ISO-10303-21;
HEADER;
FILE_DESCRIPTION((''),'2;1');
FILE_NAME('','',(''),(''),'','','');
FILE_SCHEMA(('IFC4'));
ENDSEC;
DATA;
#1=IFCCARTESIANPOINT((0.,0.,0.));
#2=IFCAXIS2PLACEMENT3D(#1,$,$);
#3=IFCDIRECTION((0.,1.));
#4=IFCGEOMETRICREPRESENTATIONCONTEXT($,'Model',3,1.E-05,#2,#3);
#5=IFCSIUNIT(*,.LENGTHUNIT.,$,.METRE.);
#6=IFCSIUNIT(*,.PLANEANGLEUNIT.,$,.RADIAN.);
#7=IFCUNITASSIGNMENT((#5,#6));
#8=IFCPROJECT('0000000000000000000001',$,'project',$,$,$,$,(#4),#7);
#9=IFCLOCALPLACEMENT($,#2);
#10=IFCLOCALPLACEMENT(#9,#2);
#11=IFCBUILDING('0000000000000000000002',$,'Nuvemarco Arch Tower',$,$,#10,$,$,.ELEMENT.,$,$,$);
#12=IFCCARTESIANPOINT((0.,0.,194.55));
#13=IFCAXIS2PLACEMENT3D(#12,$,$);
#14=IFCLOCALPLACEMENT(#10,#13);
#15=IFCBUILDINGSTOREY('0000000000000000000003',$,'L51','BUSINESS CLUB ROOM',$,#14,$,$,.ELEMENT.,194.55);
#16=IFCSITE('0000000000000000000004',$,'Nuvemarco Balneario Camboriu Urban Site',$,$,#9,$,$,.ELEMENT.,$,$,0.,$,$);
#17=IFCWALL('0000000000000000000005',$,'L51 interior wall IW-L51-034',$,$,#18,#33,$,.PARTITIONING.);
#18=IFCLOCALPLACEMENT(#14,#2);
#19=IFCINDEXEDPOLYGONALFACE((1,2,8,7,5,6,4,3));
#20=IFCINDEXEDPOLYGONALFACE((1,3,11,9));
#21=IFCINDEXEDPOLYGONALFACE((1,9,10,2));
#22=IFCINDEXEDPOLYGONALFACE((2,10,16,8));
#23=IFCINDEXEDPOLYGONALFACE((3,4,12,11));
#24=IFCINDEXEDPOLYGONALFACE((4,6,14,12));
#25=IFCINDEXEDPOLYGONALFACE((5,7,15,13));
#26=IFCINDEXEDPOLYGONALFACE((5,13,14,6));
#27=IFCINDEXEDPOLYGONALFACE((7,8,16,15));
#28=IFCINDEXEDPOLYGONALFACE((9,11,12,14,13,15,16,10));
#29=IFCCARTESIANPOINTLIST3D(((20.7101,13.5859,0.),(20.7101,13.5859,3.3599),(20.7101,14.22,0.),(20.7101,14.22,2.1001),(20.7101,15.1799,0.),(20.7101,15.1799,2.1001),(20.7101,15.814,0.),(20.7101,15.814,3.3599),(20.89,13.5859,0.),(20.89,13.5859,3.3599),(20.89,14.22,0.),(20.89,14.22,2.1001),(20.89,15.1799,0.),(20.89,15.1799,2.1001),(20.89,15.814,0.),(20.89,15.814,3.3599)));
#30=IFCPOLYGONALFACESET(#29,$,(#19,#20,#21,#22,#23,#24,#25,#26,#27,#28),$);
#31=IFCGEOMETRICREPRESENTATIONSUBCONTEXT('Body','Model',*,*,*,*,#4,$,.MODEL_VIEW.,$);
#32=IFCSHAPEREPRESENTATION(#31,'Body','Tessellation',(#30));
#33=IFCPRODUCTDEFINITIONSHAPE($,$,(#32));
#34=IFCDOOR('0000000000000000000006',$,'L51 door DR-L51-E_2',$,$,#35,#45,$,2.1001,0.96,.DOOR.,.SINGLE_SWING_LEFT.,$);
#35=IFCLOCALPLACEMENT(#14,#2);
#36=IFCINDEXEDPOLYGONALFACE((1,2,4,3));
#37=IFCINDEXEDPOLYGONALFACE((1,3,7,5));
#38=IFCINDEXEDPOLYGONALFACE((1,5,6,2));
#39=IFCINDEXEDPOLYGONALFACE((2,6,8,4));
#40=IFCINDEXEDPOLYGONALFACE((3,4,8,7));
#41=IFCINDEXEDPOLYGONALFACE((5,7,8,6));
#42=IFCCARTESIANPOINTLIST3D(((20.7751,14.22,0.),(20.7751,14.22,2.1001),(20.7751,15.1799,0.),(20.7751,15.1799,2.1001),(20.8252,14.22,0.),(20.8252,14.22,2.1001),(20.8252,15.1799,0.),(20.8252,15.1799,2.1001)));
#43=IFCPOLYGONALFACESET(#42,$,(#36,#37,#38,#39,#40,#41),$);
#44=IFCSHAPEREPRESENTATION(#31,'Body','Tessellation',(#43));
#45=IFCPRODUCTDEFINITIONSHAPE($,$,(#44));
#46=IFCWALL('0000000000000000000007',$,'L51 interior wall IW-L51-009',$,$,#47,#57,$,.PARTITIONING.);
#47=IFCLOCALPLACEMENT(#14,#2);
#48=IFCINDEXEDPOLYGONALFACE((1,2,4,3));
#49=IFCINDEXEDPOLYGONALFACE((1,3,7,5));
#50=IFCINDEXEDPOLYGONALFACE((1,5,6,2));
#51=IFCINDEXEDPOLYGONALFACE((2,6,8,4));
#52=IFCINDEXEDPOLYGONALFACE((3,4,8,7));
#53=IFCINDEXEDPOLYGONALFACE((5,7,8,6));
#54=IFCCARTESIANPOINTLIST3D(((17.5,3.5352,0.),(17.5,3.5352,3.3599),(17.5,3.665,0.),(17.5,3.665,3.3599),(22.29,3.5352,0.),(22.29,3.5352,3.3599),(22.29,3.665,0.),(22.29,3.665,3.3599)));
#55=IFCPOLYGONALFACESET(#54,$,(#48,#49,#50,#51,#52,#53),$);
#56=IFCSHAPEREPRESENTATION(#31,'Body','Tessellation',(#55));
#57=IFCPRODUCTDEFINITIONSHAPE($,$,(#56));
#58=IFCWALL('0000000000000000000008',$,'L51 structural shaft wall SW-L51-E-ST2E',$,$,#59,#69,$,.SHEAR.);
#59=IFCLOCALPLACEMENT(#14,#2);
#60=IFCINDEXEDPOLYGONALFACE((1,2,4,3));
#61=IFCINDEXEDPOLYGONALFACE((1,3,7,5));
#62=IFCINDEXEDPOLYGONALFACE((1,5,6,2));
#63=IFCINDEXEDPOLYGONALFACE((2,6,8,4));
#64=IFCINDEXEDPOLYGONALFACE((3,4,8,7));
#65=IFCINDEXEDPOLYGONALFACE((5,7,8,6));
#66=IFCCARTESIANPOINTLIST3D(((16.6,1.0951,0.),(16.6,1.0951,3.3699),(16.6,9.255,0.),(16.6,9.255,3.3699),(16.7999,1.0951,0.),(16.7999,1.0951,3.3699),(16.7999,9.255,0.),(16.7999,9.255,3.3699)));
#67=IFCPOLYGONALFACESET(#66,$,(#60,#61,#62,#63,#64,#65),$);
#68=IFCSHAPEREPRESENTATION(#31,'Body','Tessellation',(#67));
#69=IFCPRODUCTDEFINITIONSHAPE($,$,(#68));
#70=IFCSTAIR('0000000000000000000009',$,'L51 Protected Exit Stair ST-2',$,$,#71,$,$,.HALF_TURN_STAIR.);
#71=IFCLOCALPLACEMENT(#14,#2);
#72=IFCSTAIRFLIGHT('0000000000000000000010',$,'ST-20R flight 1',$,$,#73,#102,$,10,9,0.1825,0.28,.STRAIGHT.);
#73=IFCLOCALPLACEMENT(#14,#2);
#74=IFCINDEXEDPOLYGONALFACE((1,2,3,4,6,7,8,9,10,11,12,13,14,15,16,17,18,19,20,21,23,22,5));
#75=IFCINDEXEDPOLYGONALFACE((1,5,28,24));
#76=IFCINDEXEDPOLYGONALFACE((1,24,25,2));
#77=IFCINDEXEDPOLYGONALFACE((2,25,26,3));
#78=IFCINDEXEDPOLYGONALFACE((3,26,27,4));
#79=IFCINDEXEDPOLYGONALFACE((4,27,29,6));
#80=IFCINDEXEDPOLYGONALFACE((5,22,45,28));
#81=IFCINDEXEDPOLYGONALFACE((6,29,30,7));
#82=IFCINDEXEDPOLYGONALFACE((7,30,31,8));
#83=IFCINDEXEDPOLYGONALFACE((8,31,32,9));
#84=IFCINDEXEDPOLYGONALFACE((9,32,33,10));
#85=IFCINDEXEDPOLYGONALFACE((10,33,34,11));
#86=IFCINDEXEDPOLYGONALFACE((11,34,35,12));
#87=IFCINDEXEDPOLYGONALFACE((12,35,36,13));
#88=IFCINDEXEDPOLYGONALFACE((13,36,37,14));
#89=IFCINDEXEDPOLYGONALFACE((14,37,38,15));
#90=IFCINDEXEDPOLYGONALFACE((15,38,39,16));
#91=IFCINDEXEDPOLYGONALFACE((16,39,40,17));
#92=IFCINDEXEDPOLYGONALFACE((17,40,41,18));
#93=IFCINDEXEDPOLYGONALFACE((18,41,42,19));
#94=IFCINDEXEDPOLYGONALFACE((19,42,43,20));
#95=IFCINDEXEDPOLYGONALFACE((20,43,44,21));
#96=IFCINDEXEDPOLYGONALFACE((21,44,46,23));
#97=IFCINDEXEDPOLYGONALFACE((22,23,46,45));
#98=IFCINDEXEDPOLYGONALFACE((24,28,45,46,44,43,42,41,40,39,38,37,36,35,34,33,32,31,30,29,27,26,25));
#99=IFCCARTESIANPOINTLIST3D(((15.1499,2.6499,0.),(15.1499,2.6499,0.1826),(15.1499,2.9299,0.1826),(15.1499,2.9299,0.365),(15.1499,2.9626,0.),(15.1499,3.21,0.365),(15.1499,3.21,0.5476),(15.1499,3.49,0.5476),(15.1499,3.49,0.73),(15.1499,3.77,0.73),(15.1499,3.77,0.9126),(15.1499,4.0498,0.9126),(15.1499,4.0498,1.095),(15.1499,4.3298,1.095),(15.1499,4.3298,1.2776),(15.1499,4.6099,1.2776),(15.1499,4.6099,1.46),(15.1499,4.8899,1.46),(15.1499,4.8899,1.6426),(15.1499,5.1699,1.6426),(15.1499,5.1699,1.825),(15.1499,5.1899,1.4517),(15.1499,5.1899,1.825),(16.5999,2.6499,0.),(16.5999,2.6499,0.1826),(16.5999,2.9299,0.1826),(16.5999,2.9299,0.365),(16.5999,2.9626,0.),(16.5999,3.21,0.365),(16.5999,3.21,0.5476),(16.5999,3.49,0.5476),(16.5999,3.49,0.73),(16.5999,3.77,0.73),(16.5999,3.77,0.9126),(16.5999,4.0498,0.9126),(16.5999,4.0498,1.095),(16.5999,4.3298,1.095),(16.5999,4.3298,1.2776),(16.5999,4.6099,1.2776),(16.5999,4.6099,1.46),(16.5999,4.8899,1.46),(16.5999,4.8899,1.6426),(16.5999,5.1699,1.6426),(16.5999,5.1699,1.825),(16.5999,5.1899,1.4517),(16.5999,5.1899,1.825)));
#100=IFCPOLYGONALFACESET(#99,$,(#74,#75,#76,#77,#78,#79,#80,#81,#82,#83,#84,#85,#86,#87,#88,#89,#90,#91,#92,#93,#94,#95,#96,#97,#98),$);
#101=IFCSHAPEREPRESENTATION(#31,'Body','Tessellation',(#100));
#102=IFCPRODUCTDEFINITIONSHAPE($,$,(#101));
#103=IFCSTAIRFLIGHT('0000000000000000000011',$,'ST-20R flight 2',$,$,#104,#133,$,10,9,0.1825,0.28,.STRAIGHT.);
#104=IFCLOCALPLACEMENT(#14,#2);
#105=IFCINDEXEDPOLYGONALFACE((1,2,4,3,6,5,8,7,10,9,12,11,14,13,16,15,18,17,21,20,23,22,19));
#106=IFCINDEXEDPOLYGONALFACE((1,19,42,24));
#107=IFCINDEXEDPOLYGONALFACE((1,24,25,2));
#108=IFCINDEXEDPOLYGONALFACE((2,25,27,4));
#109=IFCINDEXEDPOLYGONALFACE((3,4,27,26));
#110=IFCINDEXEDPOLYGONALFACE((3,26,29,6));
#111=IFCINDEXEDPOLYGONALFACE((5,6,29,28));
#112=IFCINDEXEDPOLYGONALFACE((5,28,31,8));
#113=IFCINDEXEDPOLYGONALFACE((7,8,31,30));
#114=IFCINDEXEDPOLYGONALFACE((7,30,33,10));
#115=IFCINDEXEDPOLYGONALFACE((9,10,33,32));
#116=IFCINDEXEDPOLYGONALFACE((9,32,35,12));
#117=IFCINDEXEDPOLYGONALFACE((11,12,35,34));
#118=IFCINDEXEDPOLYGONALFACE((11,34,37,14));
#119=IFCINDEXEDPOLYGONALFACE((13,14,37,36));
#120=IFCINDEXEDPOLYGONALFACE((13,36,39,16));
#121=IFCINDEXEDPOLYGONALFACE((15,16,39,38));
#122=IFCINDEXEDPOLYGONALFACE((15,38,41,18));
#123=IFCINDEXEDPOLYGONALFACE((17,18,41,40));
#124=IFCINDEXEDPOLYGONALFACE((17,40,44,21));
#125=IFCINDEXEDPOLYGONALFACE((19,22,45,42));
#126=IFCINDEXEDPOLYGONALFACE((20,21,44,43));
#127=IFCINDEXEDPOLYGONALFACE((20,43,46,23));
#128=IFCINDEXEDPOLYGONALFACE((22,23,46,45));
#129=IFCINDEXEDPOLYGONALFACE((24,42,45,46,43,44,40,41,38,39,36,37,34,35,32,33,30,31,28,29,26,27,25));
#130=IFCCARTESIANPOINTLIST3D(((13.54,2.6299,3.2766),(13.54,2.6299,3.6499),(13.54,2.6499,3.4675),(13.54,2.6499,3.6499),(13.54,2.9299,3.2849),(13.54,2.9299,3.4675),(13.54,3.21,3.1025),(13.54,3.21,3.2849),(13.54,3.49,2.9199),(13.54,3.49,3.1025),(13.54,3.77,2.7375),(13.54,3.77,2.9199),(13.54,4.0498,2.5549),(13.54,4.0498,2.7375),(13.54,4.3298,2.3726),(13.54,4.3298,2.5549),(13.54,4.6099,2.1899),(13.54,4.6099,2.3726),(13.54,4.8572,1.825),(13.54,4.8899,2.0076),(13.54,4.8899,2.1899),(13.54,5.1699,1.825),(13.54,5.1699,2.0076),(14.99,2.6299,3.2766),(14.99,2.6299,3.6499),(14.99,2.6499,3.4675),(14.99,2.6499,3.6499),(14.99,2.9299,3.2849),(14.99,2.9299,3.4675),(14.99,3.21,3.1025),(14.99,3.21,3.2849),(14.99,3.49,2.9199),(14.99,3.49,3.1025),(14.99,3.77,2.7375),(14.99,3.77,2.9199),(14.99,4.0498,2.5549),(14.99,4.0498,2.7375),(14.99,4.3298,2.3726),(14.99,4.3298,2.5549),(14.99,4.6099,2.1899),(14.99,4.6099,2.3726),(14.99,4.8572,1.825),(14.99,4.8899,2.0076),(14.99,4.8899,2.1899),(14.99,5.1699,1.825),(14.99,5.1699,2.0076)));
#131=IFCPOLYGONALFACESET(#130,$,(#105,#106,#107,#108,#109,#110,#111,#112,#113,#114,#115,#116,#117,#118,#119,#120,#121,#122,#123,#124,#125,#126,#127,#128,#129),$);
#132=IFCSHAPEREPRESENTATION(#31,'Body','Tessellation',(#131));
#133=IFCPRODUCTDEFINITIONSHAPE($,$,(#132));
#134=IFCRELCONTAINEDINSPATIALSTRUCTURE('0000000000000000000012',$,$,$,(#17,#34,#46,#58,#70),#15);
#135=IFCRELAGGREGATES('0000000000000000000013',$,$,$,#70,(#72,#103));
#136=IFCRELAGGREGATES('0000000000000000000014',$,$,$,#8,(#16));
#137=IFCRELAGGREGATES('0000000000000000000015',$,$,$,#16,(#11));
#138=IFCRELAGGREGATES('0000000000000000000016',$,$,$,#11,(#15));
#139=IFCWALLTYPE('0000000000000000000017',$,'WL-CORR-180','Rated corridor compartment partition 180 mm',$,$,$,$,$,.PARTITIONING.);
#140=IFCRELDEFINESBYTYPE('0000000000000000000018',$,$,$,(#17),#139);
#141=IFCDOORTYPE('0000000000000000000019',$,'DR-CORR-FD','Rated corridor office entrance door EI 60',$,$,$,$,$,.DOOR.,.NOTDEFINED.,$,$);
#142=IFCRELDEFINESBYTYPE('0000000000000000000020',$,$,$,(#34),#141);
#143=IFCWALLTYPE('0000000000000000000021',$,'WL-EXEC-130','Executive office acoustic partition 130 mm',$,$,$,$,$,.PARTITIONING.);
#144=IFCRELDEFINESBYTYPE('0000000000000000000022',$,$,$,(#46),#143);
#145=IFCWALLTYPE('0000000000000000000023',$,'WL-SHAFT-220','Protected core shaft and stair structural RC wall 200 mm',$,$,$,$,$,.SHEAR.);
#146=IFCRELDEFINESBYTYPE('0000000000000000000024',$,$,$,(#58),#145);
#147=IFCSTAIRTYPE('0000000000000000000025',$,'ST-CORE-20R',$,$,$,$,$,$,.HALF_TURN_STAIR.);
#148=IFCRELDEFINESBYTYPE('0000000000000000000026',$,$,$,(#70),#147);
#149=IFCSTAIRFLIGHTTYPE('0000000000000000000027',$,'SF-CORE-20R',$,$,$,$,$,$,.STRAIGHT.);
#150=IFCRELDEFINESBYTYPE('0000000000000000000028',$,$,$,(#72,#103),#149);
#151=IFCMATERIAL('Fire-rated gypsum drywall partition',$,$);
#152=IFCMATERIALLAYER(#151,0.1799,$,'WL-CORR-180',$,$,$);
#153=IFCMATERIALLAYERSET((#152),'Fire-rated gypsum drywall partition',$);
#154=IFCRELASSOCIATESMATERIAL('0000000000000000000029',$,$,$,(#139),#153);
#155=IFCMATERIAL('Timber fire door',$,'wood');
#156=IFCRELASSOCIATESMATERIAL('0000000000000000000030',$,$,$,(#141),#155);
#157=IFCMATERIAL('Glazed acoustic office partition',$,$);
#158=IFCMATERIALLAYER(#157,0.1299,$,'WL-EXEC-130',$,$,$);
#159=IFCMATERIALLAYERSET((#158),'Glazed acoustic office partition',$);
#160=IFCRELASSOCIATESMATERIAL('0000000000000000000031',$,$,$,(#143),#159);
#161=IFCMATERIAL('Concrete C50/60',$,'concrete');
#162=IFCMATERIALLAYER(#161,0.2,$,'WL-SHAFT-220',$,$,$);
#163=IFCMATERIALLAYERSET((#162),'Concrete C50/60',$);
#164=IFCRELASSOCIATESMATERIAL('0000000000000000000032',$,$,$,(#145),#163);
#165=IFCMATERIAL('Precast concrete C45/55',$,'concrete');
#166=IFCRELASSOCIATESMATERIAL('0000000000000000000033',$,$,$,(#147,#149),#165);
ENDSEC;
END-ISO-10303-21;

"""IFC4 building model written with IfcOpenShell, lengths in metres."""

from ifc_helpers import new_model, si_unit, direction, frame, frame_2d, origin, place, context, subcontext, project, spatial, polyline, rectangle, outline, extrude, source, transform, mapped, material, layer, layer_set, type_object, type_shapes, element, fill, aggregate, save


model = new_model("IFC4")

# Units and contexts
model_context = context("Model", 3, precision=1e-05, world=origin(), true_north=direction((0.0, 1.0)))
body_context = subcontext(model_context, "Body", "Model", "MODEL_VIEW")
ifc_project = project(units=[si_unit("LENGTHUNIT", "METRE"), si_unit("PLANEANGLEUNIT", "RADIAN")], contexts=[model_context])

# Site, building, storey
site_placement = place(None, origin())
site = spatial("IfcSite", under=ifc_project, at=site_placement, Name="Nuvemarco Balneario Camboriu Urban Site", CompositionType="ELEMENT", RefElevation=0.0)
building_placement = place(site_placement, origin())
building = spatial("IfcBuilding", under=site, at=building_placement, Name="Nuvemarco Arch Tower", CompositionType="ELEMENT")
storey_placement = place(building_placement, frame((0.0, 0.0, 194.55)))
storey = spatial("IfcBuildingStorey", under=building, at=storey_placement, Name="L51", Description="BUSINESS CLUB ROOM", CompositionType="ELEMENT", Elevation=194.55)

# Shared definitions
ifc_material_1 = material(Name="Concrete C50/60", Category="concrete")

# Shared definitions
ifc_material_2 = material(Name="Precast concrete C45/55", Category="concrete")

# Shared definitions
ifc_material_3 = material(Name="Fire-rated gypsum drywall partition")
ifc_layer_1 = layer(ifc_material_3, 0.1799, Name="WL-CORR-180")
ifc_layer_set_1 = layer_set([ifc_layer_1], Name="Fire-rated gypsum drywall partition")
wall_type_1 = type_object("IfcWallType", Name="WL-CORR-180", Description="Rated corridor compartment partition 180 mm", PredefinedType="PARTITIONING", material=ifc_layer_set_1)

# Wall, opening, door
wall_1_placement = place(storey_placement, frame((20.8, 13.5859, 0.0), z_axis=(0.0, 0.0, 1.0), x_axis=(0.0, 1.0, 0.0)))
wall_1 = element("IfcWall", 1, at=wall_1_placement, inside=storey, type_object=wall_type_1, Name="L51 interior wall IW-L51-034", PredefinedType="PARTITIONING", context=body_context, shape_type="SweptSolid", body=[
    extrude(rectangle(XDim=2.228, YDim=0.1799, at=frame_2d((1.114, 0.0))), origin(), (0.0, 0.0, 1.0), 3.3599),
])
opening_placement = place(wall_1_placement, frame((0.634, 0.0, 0.0)))
opening = element("IfcOpeningElement", 2, at=opening_placement, cuts=wall_1, PredefinedType="OPENING", context=body_context, shape_type="SweptSolid", body=[
    extrude(rectangle(XDim=0.96, YDim=2.1001, at=frame_2d((0.48, 1.05))), frame((0.0, 0.0999, 0.0), z_axis=(0.0, -1.0, 0.0), x_axis=(1.0, 0.0, 0.0)), (0.0, 0.0, 1.0), 0.2),
])
ifc_material_4 = material(Name="Timber fire door", Category="wood")
door_type = type_object("IfcDoorType", Name="DR-CORR-FD", Description="Rated corridor office entrance door EI 60", OperationType="NOTDEFINED", PredefinedType="DOOR", material=ifc_material_4)
shared_shape_1 = source(origin(), body_context, "Body", "SweptSolid", [
    extrude(rectangle(XDim=0.96, YDim=2.1001, at=frame_2d((0.48, 1.05))), frame((0.0, 0.0249, 0.0), z_axis=(0.0, -1.0, 0.0), x_axis=(1.0, 0.0, 0.0)), (0.0, 0.0, 1.0), 0.05),
])
type_shapes(door_type, [shared_shape_1])
door_placement = place(opening_placement, origin())
door = element("IfcDoor", 3, at=door_placement, inside=storey, type_object=door_type, Name="L51 door DR-L51-E_2", OperationType="SINGLE_SWING_LEFT", OverallHeight=2.1001, OverallWidth=0.96, PredefinedType="DOOR", context=body_context, shape_type="MappedRepresentation", body=[
    mapped(shared_shape_1, transform((0.0, 0.0, 0.0), scale=1.0)),
])
fill(opening, door)

# Walls
ifc_material_5 = material(Name="Glazed acoustic office partition")
ifc_layer_2 = layer(ifc_material_5, 0.1299, Name="WL-EXEC-130")
ifc_layer_set_2 = layer_set([ifc_layer_2], Name="Glazed acoustic office partition")
wall_type_2 = type_object("IfcWallType", Name="WL-EXEC-130", Description="Executive office acoustic partition 130 mm", PredefinedType="PARTITIONING", material=ifc_layer_set_2)
wall_2_placement = place(storey_placement, frame((17.5, 3.6001, 0.0), z_axis=(0.0, 0.0, 1.0), x_axis=(1.0, 0.0, 0.0)))
element("IfcWall", 4, at=wall_2_placement, inside=storey, type_object=wall_type_2, Name="L51 interior wall IW-L51-009", PredefinedType="PARTITIONING", context=body_context, shape_type="SweptSolid", body=[
    extrude(rectangle(XDim=4.79, YDim=0.1299, at=frame_2d((2.395, 0.0))), origin(), (0.0, 0.0, 1.0), 3.3599),
])
ifc_layer_3 = layer(ifc_material_1, 0.2, Name="WL-SHAFT-220")
ifc_layer_set_3 = layer_set([ifc_layer_3], Name="Concrete C50/60")
wall_type_3 = type_object("IfcWallType", Name="WL-SHAFT-220", Description="Protected core shaft and stair structural RC wall 200 mm", PredefinedType="SHEAR", material=ifc_layer_set_3)
wall_3_placement = place(storey_placement, frame((16.7, 1.095, 0.0), z_axis=(0.0, 0.0, 1.0), x_axis=(0.0, 1.0, 0.0)))
element("IfcWall", 5, at=wall_3_placement, inside=storey, type_object=wall_type_3, Name="L51 structural shaft wall SW-L51-E-ST2E", PredefinedType="SHEAR", context=body_context, shape_type="SweptSolid", body=[
    extrude(rectangle(XDim=8.1599, YDim=0.2, at=frame_2d((4.0801, 0.0))), origin(), (0.0, 0.0, 1.0), 3.3699),
])

# Stair, stair flights
stair_type = type_object("IfcStairType", Name="ST-CORE-20R", PredefinedType="HALF_TURN_STAIR", material=ifc_material_2)
stair_placement = place(storey_placement, origin())
stair = element("IfcStair", 6, at=stair_placement, inside=storey, type_object=stair_type, Name="L51 Protected Exit Stair ST-2", PredefinedType="HALF_TURN_STAIR")
stair_flight_type = type_object("IfcStairFlightType", Name="SF-CORE-20R", PredefinedType="STRAIGHT", material=ifc_material_2)
stair_flight_1_placement = place(storey_placement, frame((15.875, 2.6499, 0.0), z_axis=(0.0, 0.0, 1.0), x_axis=(0.0, 1.0, 0.0)))
stair_flight_1 = element("IfcStairFlight", 7, at=stair_flight_1_placement, type_object=stair_flight_type, Name="ST-20R flight 1", NumberOfRisers=10, NumberOfTreads=9, PredefinedType="STRAIGHT", RiserHeight=0.1825, TreadLength=0.28, context=body_context, shape_type="SweptSolid", body=[
    extrude(outline(polyline([(0.0, 0.0), (0.0, 0.1826), (0.28, 0.1826), (0.28, 0.365), (0.5601, 0.365), (0.5601, 0.5476), (0.8401, 0.5476), (0.8401, 0.73), (1.1201, 0.73), (1.1201, 0.9126), (1.3999, 0.9126), (1.3999, 1.095), (1.6799, 1.095), (1.6799, 1.2776), (1.96, 1.2776), (1.96, 1.46), (2.24, 1.46), (2.24, 1.6426), (2.52, 1.6426), (2.52, 1.825), (2.54, 1.825), (2.54, 1.4517), (0.3127, 0.0), (0.0, 0.0)])), frame((0.0, 0.7251, 0.0), z_axis=(0.0, -1.0, 0.0), x_axis=(1.0, 0.0, 0.0)), (0.0, 0.0, 1.0), 1.45),
])
stair_flight_2_placement = place(storey_placement, frame((14.2649, 5.1699, 1.825), z_axis=(0.0, 0.0, 1.0), x_axis=(0.0, -1.0, 0.0)))
stair_flight_2 = element("IfcStairFlight", 8, at=stair_flight_2_placement, type_object=stair_flight_type, Name="ST-20R flight 2", NumberOfRisers=10, NumberOfTreads=9, PredefinedType="STRAIGHT", RiserHeight=0.1825, TreadLength=0.28, context=body_context, shape_type="SweptSolid", body=[
    extrude(outline(polyline([(0.0, 0.0), (0.0, 0.1826), (0.28, 0.1826), (0.28, 0.365), (0.5601, 0.365), (0.5601, 0.5476), (0.8401, 0.5476), (0.8401, 0.73), (1.1201, 0.73), (1.1201, 0.9126), (1.3999, 0.9126), (1.3999, 1.095), (1.6799, 1.095), (1.6799, 1.2776), (1.96, 1.2776), (1.96, 1.46), (2.24, 1.46), (2.24, 1.6426), (2.52, 1.6426), (2.52, 1.825), (2.54, 1.825), (2.54, 1.4517), (0.3127, 0.0), (0.0, 0.0)])), frame((0.0, 0.7251, 0.0), z_axis=(0.0, -1.0, 0.0), x_axis=(1.0, 0.0, 0.0)), (0.0, 0.0, 1.0), 1.45),
])
aggregate(stair, [stair_flight_1, stair_flight_2])

save(model, "model.ifc")
